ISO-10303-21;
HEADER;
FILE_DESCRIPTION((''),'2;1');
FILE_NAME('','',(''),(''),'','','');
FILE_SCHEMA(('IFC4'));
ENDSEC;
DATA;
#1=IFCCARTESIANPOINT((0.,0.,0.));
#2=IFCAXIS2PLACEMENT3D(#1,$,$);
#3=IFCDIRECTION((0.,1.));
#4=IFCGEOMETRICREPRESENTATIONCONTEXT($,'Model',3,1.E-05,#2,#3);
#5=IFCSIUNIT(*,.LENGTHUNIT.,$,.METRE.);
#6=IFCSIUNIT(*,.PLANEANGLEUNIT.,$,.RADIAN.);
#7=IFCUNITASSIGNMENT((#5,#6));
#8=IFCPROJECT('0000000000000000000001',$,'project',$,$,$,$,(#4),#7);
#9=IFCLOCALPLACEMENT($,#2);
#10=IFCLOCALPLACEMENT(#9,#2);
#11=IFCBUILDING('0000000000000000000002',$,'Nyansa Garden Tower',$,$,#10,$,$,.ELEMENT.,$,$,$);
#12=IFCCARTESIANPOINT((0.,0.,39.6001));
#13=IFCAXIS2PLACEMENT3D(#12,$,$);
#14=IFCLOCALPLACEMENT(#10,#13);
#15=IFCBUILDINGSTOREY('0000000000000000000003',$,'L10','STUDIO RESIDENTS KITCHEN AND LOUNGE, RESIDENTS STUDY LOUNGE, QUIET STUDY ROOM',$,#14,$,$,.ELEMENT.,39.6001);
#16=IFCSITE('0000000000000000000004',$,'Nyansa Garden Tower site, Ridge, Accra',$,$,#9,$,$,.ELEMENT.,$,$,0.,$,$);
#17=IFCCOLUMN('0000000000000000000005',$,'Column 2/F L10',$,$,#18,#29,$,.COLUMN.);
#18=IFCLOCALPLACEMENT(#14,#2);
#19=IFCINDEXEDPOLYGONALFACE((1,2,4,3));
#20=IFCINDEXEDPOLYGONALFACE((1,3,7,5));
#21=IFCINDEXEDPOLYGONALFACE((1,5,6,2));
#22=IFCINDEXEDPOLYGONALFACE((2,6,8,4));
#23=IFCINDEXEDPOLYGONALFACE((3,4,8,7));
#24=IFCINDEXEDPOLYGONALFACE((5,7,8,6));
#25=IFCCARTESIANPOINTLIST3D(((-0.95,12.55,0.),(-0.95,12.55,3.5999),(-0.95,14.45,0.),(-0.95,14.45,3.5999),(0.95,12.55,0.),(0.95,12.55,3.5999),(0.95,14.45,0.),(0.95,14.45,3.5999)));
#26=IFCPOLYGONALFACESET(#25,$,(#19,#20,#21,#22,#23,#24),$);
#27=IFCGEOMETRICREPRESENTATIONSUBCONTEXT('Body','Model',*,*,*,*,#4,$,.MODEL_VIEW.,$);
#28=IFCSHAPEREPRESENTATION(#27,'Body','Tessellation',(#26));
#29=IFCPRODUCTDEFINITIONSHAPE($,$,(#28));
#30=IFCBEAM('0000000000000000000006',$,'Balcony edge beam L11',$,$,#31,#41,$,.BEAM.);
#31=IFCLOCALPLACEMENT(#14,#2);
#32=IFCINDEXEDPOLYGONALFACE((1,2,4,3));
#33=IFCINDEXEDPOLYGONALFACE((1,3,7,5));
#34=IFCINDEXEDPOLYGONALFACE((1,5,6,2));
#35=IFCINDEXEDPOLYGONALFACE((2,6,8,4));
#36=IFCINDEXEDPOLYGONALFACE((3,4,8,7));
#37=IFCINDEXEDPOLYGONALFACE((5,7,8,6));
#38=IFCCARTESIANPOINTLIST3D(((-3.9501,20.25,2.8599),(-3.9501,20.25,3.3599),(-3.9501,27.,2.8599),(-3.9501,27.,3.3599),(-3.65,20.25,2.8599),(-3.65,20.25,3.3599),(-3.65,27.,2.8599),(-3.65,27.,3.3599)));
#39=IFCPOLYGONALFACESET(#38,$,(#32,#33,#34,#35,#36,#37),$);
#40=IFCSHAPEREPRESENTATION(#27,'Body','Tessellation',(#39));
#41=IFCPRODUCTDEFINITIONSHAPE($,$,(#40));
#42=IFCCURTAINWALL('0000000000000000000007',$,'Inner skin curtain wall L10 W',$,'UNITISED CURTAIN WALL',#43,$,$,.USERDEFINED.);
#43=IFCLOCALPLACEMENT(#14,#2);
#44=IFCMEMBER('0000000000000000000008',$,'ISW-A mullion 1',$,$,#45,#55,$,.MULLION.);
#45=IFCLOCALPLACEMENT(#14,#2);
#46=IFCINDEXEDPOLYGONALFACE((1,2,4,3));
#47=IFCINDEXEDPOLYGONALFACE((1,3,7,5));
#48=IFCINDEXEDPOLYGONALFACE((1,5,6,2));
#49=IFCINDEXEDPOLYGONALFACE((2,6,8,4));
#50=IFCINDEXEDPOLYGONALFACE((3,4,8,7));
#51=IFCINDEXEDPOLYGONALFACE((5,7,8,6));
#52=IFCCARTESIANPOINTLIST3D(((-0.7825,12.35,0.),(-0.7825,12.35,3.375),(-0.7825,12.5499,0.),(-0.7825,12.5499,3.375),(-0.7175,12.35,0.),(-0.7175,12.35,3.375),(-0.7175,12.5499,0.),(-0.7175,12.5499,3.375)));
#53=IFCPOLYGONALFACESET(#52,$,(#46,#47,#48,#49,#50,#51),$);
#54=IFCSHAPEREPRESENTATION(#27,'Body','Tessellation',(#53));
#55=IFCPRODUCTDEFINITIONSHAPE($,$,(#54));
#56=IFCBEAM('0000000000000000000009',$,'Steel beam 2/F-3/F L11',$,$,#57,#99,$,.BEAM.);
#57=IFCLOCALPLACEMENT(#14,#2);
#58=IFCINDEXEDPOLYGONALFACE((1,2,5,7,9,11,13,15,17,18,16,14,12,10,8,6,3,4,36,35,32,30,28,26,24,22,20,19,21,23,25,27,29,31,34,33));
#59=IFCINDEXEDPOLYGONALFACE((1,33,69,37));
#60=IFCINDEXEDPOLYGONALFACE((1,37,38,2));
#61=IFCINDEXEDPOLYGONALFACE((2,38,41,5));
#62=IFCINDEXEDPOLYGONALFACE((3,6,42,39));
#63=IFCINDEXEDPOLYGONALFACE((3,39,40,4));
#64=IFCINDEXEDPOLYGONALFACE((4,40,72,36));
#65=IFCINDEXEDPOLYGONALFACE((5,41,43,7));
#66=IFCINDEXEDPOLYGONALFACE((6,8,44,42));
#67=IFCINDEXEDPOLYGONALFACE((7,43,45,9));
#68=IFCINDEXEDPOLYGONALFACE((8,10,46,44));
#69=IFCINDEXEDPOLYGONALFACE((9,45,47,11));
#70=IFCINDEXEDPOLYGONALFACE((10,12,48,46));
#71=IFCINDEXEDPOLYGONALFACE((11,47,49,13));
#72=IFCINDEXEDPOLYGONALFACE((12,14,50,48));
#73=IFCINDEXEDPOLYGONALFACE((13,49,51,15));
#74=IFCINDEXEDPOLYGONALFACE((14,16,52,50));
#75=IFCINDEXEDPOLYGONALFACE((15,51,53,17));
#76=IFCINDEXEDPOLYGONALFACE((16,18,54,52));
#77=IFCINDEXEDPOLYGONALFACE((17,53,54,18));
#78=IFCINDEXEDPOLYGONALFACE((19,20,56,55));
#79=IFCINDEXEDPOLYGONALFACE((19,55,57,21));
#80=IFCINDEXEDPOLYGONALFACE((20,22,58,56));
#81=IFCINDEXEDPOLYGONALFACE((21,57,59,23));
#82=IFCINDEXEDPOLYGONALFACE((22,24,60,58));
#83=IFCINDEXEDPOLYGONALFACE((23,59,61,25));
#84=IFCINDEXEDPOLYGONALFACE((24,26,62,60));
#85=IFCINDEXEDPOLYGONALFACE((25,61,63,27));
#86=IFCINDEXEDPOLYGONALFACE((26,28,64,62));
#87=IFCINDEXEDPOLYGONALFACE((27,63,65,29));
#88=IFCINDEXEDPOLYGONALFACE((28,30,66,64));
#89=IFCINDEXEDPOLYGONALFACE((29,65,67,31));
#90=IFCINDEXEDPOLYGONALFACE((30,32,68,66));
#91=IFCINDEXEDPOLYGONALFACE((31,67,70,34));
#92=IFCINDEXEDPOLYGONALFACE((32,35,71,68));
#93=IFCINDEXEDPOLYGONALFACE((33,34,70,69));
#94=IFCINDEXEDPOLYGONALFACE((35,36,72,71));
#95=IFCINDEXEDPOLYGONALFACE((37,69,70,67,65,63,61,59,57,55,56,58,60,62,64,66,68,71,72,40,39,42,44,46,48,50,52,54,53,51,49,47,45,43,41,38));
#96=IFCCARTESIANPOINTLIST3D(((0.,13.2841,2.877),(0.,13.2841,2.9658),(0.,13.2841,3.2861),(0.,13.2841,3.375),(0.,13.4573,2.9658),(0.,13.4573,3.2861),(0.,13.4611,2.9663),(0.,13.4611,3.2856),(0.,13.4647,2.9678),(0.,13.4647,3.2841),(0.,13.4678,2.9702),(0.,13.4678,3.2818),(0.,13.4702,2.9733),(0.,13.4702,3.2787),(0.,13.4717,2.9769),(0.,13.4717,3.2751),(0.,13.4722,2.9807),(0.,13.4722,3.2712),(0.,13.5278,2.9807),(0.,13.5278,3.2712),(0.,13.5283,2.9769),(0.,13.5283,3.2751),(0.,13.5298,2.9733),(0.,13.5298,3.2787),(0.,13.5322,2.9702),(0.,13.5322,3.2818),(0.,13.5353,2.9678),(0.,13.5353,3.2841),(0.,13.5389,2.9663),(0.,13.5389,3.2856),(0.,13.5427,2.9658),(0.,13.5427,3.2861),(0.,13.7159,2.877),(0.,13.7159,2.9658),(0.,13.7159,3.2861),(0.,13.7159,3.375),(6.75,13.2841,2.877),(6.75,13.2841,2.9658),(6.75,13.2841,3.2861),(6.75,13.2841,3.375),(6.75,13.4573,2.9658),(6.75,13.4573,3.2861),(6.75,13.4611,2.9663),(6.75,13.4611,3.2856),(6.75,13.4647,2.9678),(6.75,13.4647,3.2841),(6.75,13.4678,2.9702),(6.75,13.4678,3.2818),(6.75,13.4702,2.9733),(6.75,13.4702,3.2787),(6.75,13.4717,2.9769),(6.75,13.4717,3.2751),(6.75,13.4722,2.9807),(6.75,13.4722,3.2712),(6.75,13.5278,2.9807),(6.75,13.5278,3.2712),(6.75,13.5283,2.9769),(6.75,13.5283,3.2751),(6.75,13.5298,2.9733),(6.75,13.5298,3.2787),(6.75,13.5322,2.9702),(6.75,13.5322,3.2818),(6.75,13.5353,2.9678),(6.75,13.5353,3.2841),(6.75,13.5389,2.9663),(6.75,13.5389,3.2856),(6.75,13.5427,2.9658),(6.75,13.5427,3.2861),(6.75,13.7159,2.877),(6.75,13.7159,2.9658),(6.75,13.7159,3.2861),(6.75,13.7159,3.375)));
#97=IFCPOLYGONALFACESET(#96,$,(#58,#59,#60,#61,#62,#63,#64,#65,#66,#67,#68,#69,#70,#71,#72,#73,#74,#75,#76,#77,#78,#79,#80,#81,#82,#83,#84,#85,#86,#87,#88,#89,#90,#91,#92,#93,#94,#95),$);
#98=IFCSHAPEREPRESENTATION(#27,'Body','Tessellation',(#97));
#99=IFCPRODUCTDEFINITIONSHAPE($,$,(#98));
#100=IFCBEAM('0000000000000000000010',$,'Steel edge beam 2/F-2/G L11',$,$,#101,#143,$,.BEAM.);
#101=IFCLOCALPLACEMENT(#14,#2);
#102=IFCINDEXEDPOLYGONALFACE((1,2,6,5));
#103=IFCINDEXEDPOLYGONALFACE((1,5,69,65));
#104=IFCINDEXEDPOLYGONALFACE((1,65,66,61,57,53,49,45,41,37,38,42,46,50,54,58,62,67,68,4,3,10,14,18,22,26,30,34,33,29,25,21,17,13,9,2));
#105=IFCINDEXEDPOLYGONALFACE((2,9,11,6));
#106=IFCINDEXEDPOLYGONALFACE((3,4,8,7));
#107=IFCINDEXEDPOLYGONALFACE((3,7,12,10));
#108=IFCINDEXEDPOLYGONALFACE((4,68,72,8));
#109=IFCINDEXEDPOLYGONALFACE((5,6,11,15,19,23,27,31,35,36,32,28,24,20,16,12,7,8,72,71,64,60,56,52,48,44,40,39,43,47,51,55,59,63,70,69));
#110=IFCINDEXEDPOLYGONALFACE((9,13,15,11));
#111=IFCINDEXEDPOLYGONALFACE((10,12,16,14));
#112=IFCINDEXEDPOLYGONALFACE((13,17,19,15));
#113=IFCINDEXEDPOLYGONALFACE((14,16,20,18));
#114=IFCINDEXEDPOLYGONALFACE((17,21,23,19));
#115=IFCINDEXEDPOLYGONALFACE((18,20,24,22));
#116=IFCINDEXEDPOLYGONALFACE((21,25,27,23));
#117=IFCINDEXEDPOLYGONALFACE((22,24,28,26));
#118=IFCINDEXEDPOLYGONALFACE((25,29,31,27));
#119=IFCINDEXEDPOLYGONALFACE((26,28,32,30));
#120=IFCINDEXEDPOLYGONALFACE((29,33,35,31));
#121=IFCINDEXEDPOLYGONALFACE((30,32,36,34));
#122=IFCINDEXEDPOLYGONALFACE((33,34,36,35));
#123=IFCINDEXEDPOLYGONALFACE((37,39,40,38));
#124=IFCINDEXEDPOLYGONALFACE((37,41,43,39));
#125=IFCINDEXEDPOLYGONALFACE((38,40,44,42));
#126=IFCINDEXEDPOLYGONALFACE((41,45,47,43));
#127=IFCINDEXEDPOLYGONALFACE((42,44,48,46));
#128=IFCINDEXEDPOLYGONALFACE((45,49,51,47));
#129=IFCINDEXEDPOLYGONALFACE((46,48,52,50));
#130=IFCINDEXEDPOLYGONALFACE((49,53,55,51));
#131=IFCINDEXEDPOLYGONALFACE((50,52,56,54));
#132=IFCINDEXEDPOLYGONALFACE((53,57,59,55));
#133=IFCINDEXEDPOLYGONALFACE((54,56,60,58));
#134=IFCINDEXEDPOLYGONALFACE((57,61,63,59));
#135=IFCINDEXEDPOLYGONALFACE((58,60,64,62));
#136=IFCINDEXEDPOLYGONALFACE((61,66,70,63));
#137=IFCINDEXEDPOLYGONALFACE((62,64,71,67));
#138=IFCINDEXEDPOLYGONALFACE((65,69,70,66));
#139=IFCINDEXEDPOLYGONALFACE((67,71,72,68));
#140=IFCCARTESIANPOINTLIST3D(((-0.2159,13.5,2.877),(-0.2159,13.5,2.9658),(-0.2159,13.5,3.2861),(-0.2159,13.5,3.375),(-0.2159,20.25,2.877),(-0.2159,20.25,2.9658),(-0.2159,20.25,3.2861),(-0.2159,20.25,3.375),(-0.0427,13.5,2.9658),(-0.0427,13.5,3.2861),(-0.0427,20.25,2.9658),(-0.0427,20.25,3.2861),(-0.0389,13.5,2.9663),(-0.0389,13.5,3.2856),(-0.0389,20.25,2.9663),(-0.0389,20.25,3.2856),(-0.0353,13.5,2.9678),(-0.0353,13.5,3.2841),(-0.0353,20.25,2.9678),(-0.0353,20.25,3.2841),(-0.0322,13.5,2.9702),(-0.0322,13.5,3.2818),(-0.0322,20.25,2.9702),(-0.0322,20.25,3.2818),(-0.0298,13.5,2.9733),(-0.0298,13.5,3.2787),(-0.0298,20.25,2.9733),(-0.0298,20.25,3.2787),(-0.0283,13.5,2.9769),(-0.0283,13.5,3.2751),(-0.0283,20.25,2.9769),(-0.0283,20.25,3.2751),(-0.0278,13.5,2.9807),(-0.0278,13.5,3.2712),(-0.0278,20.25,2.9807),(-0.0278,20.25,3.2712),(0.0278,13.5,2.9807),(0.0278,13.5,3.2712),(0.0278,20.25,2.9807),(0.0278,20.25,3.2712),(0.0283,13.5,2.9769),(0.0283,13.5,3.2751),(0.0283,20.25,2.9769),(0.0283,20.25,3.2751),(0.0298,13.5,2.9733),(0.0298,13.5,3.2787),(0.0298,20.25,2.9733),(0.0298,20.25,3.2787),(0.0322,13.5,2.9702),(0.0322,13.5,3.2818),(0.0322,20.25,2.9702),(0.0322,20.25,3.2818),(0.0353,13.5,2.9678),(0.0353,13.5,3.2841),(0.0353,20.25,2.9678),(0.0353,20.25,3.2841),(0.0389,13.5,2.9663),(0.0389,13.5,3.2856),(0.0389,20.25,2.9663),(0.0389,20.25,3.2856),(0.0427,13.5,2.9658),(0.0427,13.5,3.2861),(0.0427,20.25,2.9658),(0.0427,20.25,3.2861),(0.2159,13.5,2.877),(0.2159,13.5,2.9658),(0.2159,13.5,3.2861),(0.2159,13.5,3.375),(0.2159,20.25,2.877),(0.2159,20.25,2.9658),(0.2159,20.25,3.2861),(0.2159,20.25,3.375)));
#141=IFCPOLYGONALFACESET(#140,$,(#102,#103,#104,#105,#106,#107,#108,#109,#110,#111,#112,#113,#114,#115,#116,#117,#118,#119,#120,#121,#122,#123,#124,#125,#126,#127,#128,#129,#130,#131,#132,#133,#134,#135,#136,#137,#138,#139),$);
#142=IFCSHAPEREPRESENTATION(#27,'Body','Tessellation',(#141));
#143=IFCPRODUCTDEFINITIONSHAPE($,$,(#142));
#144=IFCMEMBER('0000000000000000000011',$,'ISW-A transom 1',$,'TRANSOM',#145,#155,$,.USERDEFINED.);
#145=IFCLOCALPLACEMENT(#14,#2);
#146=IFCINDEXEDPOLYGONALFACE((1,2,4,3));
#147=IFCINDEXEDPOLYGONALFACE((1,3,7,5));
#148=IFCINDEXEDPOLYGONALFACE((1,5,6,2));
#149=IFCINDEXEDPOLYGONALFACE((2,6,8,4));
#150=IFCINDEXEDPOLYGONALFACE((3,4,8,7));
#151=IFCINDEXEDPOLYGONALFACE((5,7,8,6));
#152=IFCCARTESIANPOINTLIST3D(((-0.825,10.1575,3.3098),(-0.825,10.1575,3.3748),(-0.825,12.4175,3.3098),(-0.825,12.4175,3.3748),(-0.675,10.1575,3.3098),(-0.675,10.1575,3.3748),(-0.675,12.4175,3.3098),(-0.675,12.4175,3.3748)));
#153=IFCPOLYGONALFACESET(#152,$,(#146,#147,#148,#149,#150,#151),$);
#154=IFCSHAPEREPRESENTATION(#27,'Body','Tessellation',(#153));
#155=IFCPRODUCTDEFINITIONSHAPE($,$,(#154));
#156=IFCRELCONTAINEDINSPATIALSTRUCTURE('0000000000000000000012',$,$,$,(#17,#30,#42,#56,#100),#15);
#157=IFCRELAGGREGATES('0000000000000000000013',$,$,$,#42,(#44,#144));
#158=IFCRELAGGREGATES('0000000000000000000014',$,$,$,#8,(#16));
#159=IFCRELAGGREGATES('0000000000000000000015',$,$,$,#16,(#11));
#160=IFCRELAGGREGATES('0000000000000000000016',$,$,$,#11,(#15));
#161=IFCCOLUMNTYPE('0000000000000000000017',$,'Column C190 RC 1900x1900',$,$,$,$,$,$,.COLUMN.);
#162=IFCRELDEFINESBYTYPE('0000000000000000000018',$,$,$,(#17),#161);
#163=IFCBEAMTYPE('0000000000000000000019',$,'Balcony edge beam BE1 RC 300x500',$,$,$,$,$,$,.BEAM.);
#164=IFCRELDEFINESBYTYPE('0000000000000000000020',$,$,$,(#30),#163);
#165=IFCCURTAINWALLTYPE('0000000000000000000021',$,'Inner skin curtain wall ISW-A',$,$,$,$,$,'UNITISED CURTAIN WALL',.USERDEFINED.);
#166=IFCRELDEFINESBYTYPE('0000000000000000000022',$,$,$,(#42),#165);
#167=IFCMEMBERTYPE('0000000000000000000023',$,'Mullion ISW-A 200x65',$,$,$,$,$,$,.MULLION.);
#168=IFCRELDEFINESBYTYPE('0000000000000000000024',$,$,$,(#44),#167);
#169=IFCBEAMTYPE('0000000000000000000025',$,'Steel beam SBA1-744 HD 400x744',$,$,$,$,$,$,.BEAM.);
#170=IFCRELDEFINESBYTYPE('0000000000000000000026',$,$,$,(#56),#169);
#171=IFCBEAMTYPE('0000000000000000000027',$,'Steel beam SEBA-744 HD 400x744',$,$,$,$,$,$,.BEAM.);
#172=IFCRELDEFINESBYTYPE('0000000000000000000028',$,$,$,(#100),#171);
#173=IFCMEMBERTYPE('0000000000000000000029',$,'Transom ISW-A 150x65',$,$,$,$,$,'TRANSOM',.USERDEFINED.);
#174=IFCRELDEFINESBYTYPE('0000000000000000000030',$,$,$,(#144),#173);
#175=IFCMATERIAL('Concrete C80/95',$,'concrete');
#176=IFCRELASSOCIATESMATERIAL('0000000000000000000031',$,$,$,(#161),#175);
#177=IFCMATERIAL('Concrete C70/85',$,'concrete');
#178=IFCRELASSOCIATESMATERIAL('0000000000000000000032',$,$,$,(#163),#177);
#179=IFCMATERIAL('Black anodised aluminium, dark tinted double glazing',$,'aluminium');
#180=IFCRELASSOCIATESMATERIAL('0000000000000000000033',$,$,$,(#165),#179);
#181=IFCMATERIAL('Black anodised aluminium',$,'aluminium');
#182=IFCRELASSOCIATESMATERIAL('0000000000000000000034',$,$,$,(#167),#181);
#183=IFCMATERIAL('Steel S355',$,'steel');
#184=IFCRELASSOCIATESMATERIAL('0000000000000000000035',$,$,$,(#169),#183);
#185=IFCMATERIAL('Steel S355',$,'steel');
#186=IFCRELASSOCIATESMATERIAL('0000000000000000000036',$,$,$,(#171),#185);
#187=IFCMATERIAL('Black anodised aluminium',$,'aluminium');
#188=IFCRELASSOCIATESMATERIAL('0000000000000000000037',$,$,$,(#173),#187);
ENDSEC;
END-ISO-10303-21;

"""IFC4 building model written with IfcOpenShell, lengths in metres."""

from ifc_helpers import new_model, si_unit, direction, frame, origin, origin_2d, place, context, subcontext, project, spatial, rectangle, i_section, extrude, material, material_profile, profile_set, type_object, element, aggregate, save


model = new_model("IFC4")

# Units and contexts
model_context = context("Model", 3, precision=1e-05, world=origin(), true_north=direction((0.0, 1.0)))
body_context = subcontext(model_context, "Body", "Model", "MODEL_VIEW")
ifc_project = project(units=[si_unit("LENGTHUNIT", "METRE"), si_unit("PLANEANGLEUNIT", "RADIAN")], contexts=[model_context])

# Site, building, storey
site_placement = place(None, origin())
site = spatial("IfcSite", under=ifc_project, at=site_placement, Name="Nyansa Garden Tower site, Ridge, Accra", CompositionType="ELEMENT", RefElevation=0.0)
building_placement = place(site_placement, origin())
building = spatial("IfcBuilding", under=site, at=building_placement, Name="Nyansa Garden Tower", CompositionType="ELEMENT")
storey_placement = place(building_placement, frame((0.0, 0.0, 39.6001)))
storey = spatial("IfcBuildingStorey", under=building, at=storey_placement, Name="L10", Description="STUDIO RESIDENTS KITCHEN AND LOUNGE, RESIDENTS STUDY LOUNGE, QUIET STUDY ROOM", CompositionType="ELEMENT", Elevation=39.6001)

# Column
ifc_material_1 = material(Name="Concrete C80/95", Category="concrete")
ifc_material_profile_1 = material_profile(ifc_material_1, rectangle(XDim=1.8999, YDim=1.8999, at=origin_2d()), Name="RC 1900x1900")
ifc_profile_set_1 = profile_set([ifc_material_profile_1], Name="Concrete C80/95")
column_type = type_object("IfcColumnType", Name="Column C190 RC 1900x1900", PredefinedType="COLUMN", material=ifc_profile_set_1)
column_placement = place(storey_placement, frame((0.0, 13.5, 0.0), z_axis=(0.0, 0.0, 1.0), x_axis=(1.0, 0.0, 0.0)))
element("IfcColumn", 1, at=column_placement, inside=storey, type_object=column_type, Name="Column 2/F L10", PredefinedType="COLUMN", context=body_context, shape_type="SweptSolid", body=[
    extrude(rectangle(XDim=1.8999, YDim=1.8999, at=origin_2d()), origin(), (0.0, 0.0, 1.0), 3.5999),
])

# Beam
ifc_material_2 = material(Name="Concrete C70/85", Category="concrete")
ifc_material_profile_2 = material_profile(ifc_material_2, rectangle(XDim=0.3, YDim=0.5, at=origin_2d()), Name="RC 300x500")
ifc_profile_set_2 = profile_set([ifc_material_profile_2], Name="Concrete C70/85")
beam_type_1 = type_object("IfcBeamType", Name="Balcony edge beam BE1 RC 300x500", PredefinedType="BEAM", material=ifc_profile_set_2)
beam_1_placement = place(storey_placement, frame((-3.8, 20.25, 3.1099), z_axis=(0.0, 1.0, 0.0), x_axis=(-1.0, 0.0, 0.0)))
element("IfcBeam", 2, at=beam_1_placement, inside=storey, type_object=beam_type_1, Name="Balcony edge beam L11", PredefinedType="BEAM", context=body_context, shape_type="SweptSolid", body=[
    extrude(rectangle(XDim=0.3, YDim=0.5, at=origin_2d()), origin(), (0.0, 0.0, 1.0), 6.75),
])

# Curtain wall, member
ifc_material_3 = material(Name="Black anodised aluminium, dark tinted double glazing", Category="aluminium")
curtain_wall_type = type_object("IfcCurtainWallType", Name="Inner skin curtain wall ISW-A", ElementType="UNITISED CURTAIN WALL", PredefinedType="USERDEFINED", material=ifc_material_3)
curtain_wall_placement = place(storey_placement, origin())
curtain_wall = element("IfcCurtainWall", 3, at=curtain_wall_placement, inside=storey, type_object=curtain_wall_type, Name="Inner skin curtain wall L10 W", ObjectType="UNITISED CURTAIN WALL", PredefinedType="USERDEFINED")
ifc_material_4 = material(Name="Black anodised aluminium", Category="aluminium")
ifc_material_profile_3 = material_profile(ifc_material_4, rectangle(XDim=0.0649, YDim=0.2, at=origin_2d()), Name="Mullion 200x65")
ifc_profile_set_3 = profile_set([ifc_material_profile_3], Name="Black anodised aluminium")
member_type_1 = type_object("IfcMemberType", Name="Mullion ISW-A 200x65", PredefinedType="MULLION", material=ifc_profile_set_3)
member_1_placement = place(storey_placement, frame((-0.75, 12.45, 0.0), z_axis=(0.0, 0.0, 1.0), x_axis=(1.0, 0.0, 0.0)))
member_1 = element("IfcMember", 4, at=member_1_placement, type_object=member_type_1, Name="ISW-A mullion 1", PredefinedType="MULLION", context=body_context, shape_type="SweptSolid", body=[
    extrude(rectangle(XDim=0.0649, YDim=0.2, at=origin_2d()), origin(), (0.0, 0.0, 1.0), 3.375),
])

# Beams
ifc_material_5 = material(Name="Steel S355", Category="steel")
ifc_material_profile_4 = material_profile(ifc_material_5, i_section(OverallWidth=0.4319, OverallDepth=0.498, WebThickness=0.0557, FlangeThickness=0.0889, FilletRadius=0.0149, at=origin_2d()), Name="HD 400x744")
ifc_profile_set_4 = profile_set([ifc_material_profile_4], Name="Steel S355")
beam_type_2 = type_object("IfcBeamType", Name="Steel beam SBA1-744 HD 400x744", PredefinedType="BEAM", material=ifc_profile_set_4)
beam_2_placement = place(storey_placement, frame((0.0, 13.5, 3.126), z_axis=(1.0, 0.0, 0.0), x_axis=(0.0, 1.0, 0.0)))
element("IfcBeam", 5, at=beam_2_placement, inside=storey, type_object=beam_type_2, Name="Steel beam 2/F-3/F L11", PredefinedType="BEAM", context=body_context, shape_type="SweptSolid", body=[
    extrude(i_section(OverallWidth=0.4319, OverallDepth=0.498, WebThickness=0.0557, FlangeThickness=0.0889, FilletRadius=0.0149, at=origin_2d()), origin(), (0.0, 0.0, 1.0), 6.75),
])
ifc_material_6 = material(Name="Steel S355", Category="steel")
ifc_material_profile_5 = material_profile(ifc_material_6, i_section(OverallWidth=0.4319, OverallDepth=0.498, WebThickness=0.0557, FlangeThickness=0.0889, FilletRadius=0.0149, at=origin_2d()), Name="HD 400x744")
ifc_profile_set_5 = profile_set([ifc_material_profile_5], Name="Steel S355")
beam_type_3 = type_object("IfcBeamType", Name="Steel beam SEBA-744 HD 400x744", PredefinedType="BEAM", material=ifc_profile_set_5)
beam_3_placement = place(storey_placement, frame((0.0, 13.5, 3.126), z_axis=(0.0, 1.0, 0.0), x_axis=(-1.0, 0.0, 0.0)))
element("IfcBeam", 6, at=beam_3_placement, inside=storey, type_object=beam_type_3, Name="Steel edge beam 2/F-2/G L11", PredefinedType="BEAM", context=body_context, shape_type="SweptSolid", body=[
    extrude(i_section(OverallWidth=0.4319, OverallDepth=0.498, WebThickness=0.0557, FlangeThickness=0.0889, FilletRadius=0.0149, at=origin_2d()), origin(), (0.0, 0.0, 1.0), 6.75),
])

# Member
ifc_material_7 = material(Name="Black anodised aluminium", Category="aluminium")
ifc_material_profile_6 = material_profile(ifc_material_7, rectangle(XDim=0.1499, YDim=0.0649, at=origin_2d()), Name="Transom 150x65")
ifc_profile_set_6 = profile_set([ifc_material_profile_6], Name="Black anodised aluminium")
member_type_2 = type_object("IfcMemberType", Name="Transom ISW-A 150x65", ElementType="TRANSOM", PredefinedType="USERDEFINED", material=ifc_profile_set_6)
member_2_placement = place(storey_placement, frame((-0.75, 12.4175, 3.3423), z_axis=(0.0, -1.0, 0.0), x_axis=(1.0, 0.0, 0.0)))
member_2 = element("IfcMember", 7, at=member_2_placement, type_object=member_type_2, Name="ISW-A transom 1", ObjectType="TRANSOM", PredefinedType="USERDEFINED", context=body_context, shape_type="SweptSolid", body=[
    extrude(rectangle(XDim=0.1499, YDim=0.0649, at=origin_2d()), origin(), (0.0, 0.0, 1.0), 2.26),
])
aggregate(curtain_wall, [member_1, member_2])

save(model, "model.ifc")
